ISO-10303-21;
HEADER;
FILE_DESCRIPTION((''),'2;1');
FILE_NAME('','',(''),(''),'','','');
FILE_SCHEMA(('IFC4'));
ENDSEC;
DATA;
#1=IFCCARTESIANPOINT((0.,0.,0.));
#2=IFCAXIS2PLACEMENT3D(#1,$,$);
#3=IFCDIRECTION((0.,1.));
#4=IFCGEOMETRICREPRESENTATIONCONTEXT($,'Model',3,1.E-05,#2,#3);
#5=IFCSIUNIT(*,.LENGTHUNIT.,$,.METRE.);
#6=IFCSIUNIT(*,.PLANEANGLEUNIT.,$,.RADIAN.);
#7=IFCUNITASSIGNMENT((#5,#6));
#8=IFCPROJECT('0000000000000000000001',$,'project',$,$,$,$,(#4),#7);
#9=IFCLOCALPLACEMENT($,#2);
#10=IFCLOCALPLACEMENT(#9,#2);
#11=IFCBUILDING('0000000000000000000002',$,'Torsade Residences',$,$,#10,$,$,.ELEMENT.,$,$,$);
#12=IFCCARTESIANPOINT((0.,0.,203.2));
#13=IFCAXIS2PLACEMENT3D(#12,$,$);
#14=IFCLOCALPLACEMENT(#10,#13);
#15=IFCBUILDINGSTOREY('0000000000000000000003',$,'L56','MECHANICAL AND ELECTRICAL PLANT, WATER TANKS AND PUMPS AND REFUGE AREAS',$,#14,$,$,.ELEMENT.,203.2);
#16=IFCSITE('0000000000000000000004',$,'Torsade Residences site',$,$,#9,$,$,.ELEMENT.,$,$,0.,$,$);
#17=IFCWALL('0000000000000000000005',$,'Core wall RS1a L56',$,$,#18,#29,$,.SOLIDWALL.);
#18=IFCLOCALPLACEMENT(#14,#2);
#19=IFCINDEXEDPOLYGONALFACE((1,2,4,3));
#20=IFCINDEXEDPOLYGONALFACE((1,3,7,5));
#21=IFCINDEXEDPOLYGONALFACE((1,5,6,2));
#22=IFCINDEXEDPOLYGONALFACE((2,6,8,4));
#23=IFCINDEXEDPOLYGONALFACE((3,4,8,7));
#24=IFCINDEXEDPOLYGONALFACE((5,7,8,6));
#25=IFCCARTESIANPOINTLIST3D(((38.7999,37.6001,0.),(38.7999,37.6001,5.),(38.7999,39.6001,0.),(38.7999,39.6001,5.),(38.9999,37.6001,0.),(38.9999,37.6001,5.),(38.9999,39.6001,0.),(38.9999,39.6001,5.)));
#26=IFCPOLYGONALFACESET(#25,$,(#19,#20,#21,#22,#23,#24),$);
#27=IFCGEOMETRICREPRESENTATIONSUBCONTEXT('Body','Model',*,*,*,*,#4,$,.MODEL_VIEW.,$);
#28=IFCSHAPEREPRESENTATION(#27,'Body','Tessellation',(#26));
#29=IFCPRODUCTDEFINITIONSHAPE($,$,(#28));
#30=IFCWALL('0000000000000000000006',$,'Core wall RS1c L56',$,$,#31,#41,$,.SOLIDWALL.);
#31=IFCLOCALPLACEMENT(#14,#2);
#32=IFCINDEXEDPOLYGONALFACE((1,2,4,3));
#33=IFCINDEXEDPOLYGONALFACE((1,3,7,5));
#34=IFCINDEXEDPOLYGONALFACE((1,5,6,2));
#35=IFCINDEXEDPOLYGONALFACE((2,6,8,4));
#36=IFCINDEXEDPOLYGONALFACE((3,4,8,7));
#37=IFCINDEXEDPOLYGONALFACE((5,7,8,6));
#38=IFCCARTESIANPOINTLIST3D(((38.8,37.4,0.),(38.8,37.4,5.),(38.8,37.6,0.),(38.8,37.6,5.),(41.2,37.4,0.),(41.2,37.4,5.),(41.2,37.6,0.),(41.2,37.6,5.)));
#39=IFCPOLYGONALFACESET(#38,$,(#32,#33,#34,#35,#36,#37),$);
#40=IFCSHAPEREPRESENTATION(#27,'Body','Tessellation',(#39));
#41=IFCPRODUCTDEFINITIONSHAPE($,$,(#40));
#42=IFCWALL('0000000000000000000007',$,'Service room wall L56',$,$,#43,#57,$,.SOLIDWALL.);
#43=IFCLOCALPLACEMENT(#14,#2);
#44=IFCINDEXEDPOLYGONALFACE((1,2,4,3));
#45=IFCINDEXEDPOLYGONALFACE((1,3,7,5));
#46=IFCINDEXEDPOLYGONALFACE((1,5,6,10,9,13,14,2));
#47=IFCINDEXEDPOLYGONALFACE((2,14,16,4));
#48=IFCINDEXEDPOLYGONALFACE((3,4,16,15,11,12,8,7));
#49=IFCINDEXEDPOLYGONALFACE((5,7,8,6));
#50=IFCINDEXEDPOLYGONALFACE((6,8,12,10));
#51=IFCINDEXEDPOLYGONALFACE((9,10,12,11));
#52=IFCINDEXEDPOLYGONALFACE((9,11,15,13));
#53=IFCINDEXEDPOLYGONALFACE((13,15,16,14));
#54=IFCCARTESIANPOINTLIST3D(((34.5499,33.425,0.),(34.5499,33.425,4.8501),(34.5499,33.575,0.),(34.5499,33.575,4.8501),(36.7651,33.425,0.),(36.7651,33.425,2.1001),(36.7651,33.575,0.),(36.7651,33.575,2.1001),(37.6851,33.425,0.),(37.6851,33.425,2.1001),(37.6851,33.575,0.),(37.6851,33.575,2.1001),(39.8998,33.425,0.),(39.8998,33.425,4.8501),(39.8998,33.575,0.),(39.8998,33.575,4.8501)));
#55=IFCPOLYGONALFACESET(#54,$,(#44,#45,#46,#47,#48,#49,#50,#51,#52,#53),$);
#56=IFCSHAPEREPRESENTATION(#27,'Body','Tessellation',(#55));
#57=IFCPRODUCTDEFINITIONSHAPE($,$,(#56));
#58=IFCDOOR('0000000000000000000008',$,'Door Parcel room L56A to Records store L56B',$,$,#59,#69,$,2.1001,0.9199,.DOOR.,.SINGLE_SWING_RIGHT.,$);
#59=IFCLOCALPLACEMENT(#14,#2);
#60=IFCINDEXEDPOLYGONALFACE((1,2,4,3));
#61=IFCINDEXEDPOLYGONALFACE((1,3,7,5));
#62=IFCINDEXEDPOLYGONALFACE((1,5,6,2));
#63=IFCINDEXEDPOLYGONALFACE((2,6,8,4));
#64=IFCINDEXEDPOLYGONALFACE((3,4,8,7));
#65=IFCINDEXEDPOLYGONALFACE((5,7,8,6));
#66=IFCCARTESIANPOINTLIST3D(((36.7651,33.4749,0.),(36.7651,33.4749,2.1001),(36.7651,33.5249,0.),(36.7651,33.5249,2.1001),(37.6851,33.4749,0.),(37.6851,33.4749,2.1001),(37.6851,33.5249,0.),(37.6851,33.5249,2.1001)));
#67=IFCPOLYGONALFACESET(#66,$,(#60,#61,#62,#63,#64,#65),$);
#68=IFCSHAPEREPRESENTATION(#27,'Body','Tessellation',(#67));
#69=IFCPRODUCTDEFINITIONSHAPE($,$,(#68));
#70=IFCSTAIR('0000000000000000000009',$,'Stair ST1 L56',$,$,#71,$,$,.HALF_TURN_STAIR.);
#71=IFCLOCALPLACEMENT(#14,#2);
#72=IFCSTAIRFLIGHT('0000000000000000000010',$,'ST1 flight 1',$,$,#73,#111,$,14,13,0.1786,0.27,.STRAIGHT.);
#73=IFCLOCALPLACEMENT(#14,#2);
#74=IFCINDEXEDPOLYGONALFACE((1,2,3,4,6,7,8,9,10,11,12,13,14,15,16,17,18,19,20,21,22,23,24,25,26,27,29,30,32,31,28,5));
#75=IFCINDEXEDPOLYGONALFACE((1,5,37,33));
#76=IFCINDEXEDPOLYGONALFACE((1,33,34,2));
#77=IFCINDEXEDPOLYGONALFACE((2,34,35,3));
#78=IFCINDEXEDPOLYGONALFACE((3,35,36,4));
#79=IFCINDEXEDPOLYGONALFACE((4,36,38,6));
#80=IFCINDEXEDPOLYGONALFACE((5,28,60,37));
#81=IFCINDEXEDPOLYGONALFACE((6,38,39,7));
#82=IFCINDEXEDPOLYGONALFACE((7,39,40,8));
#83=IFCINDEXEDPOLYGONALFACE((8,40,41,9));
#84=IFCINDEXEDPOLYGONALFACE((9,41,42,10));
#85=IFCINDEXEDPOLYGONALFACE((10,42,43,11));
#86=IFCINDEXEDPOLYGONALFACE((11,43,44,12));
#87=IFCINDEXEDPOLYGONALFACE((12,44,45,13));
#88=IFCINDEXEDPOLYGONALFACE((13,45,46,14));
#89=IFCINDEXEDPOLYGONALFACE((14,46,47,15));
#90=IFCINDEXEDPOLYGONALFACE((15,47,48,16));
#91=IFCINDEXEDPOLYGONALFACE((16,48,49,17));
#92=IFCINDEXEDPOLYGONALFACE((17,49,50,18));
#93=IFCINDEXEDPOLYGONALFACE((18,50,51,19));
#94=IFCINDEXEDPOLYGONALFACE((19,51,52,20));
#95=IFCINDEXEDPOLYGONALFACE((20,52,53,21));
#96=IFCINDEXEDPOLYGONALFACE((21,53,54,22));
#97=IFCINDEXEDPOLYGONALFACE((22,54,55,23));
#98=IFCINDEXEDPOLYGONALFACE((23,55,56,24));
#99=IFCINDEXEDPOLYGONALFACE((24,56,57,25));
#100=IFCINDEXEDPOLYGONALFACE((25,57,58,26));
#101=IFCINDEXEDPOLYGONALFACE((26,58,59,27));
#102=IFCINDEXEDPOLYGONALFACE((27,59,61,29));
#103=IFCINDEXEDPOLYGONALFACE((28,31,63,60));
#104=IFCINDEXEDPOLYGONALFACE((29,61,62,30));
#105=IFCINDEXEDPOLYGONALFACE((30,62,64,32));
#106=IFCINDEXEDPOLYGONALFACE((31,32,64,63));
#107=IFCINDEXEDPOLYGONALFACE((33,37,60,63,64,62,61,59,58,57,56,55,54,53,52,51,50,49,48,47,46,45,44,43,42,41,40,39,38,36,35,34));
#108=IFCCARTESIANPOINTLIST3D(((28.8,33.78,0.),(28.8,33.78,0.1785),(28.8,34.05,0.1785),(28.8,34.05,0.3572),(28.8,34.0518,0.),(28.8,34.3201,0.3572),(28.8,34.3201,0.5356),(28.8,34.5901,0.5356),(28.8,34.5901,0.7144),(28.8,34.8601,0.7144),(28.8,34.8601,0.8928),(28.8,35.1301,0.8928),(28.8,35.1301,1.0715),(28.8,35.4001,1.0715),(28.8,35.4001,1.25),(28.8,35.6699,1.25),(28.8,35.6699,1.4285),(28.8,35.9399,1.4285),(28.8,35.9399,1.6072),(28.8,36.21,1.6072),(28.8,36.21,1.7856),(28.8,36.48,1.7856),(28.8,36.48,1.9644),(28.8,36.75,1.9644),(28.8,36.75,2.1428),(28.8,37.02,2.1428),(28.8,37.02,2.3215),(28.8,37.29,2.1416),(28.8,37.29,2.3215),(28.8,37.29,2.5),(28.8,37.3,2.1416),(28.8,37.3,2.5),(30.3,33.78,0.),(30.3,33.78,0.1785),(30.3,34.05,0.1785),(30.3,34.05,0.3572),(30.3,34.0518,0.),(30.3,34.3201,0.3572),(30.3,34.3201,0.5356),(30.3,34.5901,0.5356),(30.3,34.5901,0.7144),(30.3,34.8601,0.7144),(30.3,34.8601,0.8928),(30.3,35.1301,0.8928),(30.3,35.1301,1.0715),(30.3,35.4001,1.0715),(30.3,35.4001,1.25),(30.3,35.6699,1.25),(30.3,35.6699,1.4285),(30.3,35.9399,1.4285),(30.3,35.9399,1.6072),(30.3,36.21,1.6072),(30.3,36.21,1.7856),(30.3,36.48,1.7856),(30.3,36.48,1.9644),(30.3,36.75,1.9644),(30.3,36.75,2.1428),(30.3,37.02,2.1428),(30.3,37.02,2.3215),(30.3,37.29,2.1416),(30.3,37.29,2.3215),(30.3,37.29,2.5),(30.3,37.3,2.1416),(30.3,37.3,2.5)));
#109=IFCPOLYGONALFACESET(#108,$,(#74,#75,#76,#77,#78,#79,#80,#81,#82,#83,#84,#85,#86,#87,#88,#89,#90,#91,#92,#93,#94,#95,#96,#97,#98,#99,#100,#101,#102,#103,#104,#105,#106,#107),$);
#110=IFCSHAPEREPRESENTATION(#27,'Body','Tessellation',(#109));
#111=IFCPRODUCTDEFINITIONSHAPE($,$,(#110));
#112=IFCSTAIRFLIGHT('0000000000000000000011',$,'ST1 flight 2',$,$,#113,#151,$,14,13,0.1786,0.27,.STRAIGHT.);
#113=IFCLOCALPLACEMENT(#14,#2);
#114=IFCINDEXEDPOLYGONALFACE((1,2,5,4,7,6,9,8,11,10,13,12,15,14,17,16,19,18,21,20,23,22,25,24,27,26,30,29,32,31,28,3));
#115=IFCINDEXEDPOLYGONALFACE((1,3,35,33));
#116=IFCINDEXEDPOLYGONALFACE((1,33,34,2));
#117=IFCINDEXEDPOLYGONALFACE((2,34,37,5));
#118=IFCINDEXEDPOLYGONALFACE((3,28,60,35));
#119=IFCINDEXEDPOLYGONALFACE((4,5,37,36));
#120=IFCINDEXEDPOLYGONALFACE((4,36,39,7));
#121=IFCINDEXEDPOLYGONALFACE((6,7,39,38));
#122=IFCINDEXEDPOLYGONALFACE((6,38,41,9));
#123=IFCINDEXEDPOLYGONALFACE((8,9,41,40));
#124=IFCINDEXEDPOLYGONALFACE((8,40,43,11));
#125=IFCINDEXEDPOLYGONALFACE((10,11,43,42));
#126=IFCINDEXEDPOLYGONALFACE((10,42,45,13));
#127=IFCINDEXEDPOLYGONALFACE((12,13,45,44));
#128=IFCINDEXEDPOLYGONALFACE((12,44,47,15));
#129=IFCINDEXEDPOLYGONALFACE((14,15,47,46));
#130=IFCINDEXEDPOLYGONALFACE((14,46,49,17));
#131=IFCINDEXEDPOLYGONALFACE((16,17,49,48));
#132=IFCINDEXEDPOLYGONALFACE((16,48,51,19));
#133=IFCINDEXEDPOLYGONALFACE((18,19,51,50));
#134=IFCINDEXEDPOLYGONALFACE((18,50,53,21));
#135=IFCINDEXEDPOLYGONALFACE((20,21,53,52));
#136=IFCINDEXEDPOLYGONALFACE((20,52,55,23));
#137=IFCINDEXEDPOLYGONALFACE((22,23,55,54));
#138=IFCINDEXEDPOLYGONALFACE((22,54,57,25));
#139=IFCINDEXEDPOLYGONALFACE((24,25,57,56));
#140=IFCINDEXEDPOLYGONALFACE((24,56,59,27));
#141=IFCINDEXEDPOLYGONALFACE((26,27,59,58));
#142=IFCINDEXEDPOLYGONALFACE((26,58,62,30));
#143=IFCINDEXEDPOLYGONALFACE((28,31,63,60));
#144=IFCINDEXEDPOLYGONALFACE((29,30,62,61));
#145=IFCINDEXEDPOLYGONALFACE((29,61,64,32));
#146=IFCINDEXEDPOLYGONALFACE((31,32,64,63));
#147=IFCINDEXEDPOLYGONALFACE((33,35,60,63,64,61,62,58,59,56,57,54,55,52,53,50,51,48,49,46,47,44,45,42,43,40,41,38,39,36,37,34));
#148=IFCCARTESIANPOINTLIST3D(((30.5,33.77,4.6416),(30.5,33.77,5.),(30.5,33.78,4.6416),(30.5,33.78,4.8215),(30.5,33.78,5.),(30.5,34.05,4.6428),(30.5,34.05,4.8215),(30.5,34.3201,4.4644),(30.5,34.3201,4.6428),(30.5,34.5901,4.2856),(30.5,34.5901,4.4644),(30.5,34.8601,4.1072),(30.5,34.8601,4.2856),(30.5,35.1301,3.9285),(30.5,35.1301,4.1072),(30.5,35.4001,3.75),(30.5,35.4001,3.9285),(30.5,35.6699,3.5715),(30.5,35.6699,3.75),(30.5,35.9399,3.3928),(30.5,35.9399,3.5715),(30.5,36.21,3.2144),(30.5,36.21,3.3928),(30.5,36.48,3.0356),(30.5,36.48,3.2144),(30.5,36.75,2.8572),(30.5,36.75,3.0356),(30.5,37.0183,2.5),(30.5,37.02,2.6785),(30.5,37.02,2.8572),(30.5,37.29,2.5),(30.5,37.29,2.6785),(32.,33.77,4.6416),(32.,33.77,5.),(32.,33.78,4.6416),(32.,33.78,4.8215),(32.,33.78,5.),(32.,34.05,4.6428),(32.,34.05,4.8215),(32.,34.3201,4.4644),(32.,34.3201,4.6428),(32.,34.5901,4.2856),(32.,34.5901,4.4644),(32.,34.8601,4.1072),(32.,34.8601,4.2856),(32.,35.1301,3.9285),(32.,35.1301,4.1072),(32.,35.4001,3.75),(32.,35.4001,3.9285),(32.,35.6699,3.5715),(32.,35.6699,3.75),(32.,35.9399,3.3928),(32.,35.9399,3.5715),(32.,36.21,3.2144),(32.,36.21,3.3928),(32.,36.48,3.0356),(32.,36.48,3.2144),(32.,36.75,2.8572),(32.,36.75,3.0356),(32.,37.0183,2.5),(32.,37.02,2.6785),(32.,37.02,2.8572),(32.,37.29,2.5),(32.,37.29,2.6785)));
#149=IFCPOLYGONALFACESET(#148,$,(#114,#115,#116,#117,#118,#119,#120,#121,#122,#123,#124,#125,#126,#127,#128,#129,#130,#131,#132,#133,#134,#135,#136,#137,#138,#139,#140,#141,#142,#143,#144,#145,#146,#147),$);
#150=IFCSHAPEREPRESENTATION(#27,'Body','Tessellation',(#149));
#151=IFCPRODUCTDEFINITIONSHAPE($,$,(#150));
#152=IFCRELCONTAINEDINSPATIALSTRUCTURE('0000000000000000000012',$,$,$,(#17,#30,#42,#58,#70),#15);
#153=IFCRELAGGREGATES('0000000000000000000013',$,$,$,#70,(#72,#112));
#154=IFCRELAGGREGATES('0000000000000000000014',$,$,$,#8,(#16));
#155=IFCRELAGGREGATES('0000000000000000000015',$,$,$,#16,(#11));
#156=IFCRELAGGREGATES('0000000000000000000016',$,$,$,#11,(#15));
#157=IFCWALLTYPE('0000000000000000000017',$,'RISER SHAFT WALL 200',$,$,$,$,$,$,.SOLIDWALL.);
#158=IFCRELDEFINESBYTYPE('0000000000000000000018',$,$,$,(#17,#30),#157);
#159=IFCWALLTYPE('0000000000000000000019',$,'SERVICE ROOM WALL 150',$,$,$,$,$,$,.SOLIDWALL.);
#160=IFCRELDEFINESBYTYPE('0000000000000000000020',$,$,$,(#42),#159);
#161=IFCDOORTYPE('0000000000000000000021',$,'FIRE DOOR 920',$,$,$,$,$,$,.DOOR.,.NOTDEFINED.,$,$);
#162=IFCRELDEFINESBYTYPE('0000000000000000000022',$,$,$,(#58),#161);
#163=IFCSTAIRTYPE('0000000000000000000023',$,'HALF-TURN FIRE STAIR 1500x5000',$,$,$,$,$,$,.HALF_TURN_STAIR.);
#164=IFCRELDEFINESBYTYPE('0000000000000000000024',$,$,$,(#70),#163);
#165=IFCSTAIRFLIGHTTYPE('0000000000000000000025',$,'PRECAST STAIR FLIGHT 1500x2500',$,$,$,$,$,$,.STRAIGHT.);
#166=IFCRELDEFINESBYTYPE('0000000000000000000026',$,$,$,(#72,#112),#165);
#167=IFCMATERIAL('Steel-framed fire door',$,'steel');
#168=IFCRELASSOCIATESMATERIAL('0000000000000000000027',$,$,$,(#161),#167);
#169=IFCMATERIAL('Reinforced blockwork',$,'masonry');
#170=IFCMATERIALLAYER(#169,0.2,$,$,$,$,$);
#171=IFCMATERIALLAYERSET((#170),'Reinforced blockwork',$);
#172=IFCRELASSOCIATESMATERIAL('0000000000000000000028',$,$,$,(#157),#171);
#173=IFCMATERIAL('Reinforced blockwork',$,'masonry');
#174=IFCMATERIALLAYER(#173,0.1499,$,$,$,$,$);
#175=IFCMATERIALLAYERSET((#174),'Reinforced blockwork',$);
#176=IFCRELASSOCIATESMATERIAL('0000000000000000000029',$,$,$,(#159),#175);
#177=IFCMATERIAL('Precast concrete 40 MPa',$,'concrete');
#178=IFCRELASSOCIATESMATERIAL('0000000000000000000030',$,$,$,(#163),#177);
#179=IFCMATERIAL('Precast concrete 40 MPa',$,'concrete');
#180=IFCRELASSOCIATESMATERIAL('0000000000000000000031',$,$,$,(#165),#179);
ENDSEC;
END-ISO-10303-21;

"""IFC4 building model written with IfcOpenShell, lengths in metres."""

from ifc_helpers import new_model, si_unit, direction, frame, frame_2d, origin, place, context, subcontext, project, spatial, polyline, rectangle, outline, extrude, material, layer, layer_set, type_object, element, fill, aggregate, save


model = new_model("IFC4")

# Units and contexts
model_context = context("Model", 3, precision=1e-05, world=origin(), true_north=direction((0.0, 1.0)))
body_context = subcontext(model_context, "Body", "Model", "MODEL_VIEW")
ifc_project = project(units=[si_unit("LENGTHUNIT", "METRE"), si_unit("PLANEANGLEUNIT", "RADIAN")], contexts=[model_context])

# Site, building, storey
site_placement = place(None, origin())
site = spatial("IfcSite", under=ifc_project, at=site_placement, Name="Torsade Residences site", CompositionType="ELEMENT", RefElevation=0.0)
building_placement = place(site_placement, origin())
building = spatial("IfcBuilding", under=site, at=building_placement, Name="Torsade Residences", CompositionType="ELEMENT")
storey_placement = place(building_placement, frame((0.0, 0.0, 203.2)))
storey = spatial("IfcBuildingStorey", under=building, at=storey_placement, Name="L56", Description="MECHANICAL AND ELECTRICAL PLANT, WATER TANKS AND PUMPS AND REFUGE AREAS", CompositionType="ELEMENT", Elevation=203.2)

# Shared definitions
ifc_material_1 = material(Name="Steel-framed fire door", Category="steel")
door_type_1 = type_object("IfcDoorType", Name="FIRE DOOR 920", OperationType="NOTDEFINED", PredefinedType="DOOR", material=ifc_material_1)

# Walls
ifc_material_2 = material(Name="Reinforced blockwork", Category="masonry")
ifc_layer_1 = layer(ifc_material_2, 0.2)
ifc_layer_set_1 = layer_set([ifc_layer_1], Name="Reinforced blockwork")
wall_type_1 = type_object("IfcWallType", Name="RISER SHAFT WALL 200", PredefinedType="SOLIDWALL", material=ifc_layer_set_1)
wall_1_placement = place(storey_placement, frame((38.8999, 37.6001, 0.0), z_axis=(0.0, 0.0, 1.0), x_axis=(0.0, 1.0, 0.0)))
element("IfcWall", 1, at=wall_1_placement, inside=storey, type_object=wall_type_1, Name="Core wall RS1a L56", PredefinedType="SOLIDWALL", context=body_context, shape_type="SweptSolid", body=[
    extrude(rectangle(XDim=2.0, YDim=0.2, at=frame_2d((1.0, 0.0))), origin(), (0.0, 0.0, 1.0), 5.0),
])
wall_2_placement = place(storey_placement, frame((38.8, 37.5, 0.0), z_axis=(0.0, 0.0, 1.0), x_axis=(1.0, 0.0, 0.0)))
element("IfcWall", 2, at=wall_2_placement, inside=storey, type_object=wall_type_1, Name="Core wall RS1c L56", PredefinedType="SOLIDWALL", context=body_context, shape_type="SweptSolid", body=[
    extrude(rectangle(XDim=2.3999, YDim=0.2, at=frame_2d((1.2, 0.0))), origin(), (0.0, 0.0, 1.0), 5.0),
])

# Wall, opening, door
ifc_material_3 = material(Name="Reinforced blockwork", Category="masonry")
ifc_layer_2 = layer(ifc_material_3, 0.1499)
ifc_layer_set_2 = layer_set([ifc_layer_2], Name="Reinforced blockwork")
wall_type_2 = type_object("IfcWallType", Name="SERVICE ROOM WALL 150", PredefinedType="SOLIDWALL", material=ifc_layer_set_2)
wall_3_placement = place(storey_placement, frame((34.55, 33.5, 0.0), z_axis=(0.0, 0.0, 1.0), x_axis=(1.0, 0.0, 0.0)))
wall_3 = element("IfcWall", 3, at=wall_3_placement, inside=storey, type_object=wall_type_2, Name="Service room wall L56", PredefinedType="SOLIDWALL", context=body_context, shape_type="SweptSolid", body=[
    extrude(rectangle(XDim=5.3499, YDim=0.1499, at=frame_2d((2.6748, 0.0))), origin(), (0.0, 0.0, 1.0), 4.8501),
])
opening_1_placement = place(wall_3_placement, frame((2.2151, 0.0, 0.0)))
opening_1 = element("IfcOpeningElement", 4, at=opening_1_placement, cuts=wall_3, PredefinedType="OPENING", context=body_context, shape_type="SweptSolid", body=[
    extrude(rectangle(XDim=0.9199, YDim=2.1001, at=frame_2d((0.46, 1.05))), frame((0.0, 0.085, 0.0), z_axis=(0.0, -1.0, 0.0), x_axis=(1.0, 0.0, 0.0)), (0.0, 0.0, 1.0), 0.1699),
])
door_1_placement = place(opening_1_placement, origin())
door_1 = element("IfcDoor", 5, at=door_1_placement, inside=storey, type_object=door_type_1, Name="Door Parcel room L56A to Records store L56B", OperationType="SINGLE_SWING_RIGHT", OverallHeight=2.1001, OverallWidth=0.9199, PredefinedType="DOOR", context=body_context, shape_type="SweptSolid", body=[
    extrude(rectangle(XDim=0.9199, YDim=2.1001, at=frame_2d((0.46, 1.05))), frame((0.0, 0.0249, 0.0), z_axis=(0.0, -1.0, 0.0), x_axis=(1.0, 0.0, 0.0)), (0.0, 0.0, 1.0), 0.05),
])
fill(opening_1, door_1)

# Stair, stair flights
ifc_material_4 = material(Name="Precast concrete 40 MPa", Category="concrete")
stair_type = type_object("IfcStairType", Name="HALF-TURN FIRE STAIR 1500x5000", PredefinedType="HALF_TURN_STAIR", material=ifc_material_4)
stair_placement = place(storey_placement, origin())
stair = element("IfcStair", 6, at=stair_placement, inside=storey, type_object=stair_type, Name="Stair ST1 L56", PredefinedType="HALF_TURN_STAIR")
ifc_material_5 = material(Name="Precast concrete 40 MPa", Category="concrete")
stair_flight_type = type_object("IfcStairFlightType", Name="PRECAST STAIR FLIGHT 1500x2500", PredefinedType="STRAIGHT", material=ifc_material_5)
stair_flight_1_placement = place(storey_placement, frame((29.55, 33.78, 0.0), z_axis=(0.0, 0.0, 1.0), x_axis=(0.0, 1.0, 0.0)))
stair_flight_1 = element("IfcStairFlight", 7, at=stair_flight_1_placement, type_object=stair_flight_type, Name="ST1 flight 1", NumberOfRisers=14, NumberOfTreads=13, PredefinedType="STRAIGHT", RiserHeight=0.1786, TreadLength=0.27, context=body_context, shape_type="SweptSolid", body=[
    extrude(outline(polyline([(0.0, 0.0), (0.0, 0.1785), (0.27, 0.1785), (0.27, 0.3572), (0.54, 0.3572), (0.54, 0.5356), (0.8101, 0.5356), (0.8101, 0.7144), (1.0801, 0.7144), (1.0801, 0.8928), (1.3501, 0.8928), (1.3501, 1.0715), (1.6201, 1.0715), (1.6201, 1.25), (1.8899, 1.25), (1.8899, 1.4285), (2.1599, 1.4285), (2.1599, 1.6072), (2.4299, 1.6072), (2.4299, 1.7856), (2.7, 1.7856), (2.7, 1.9644), (2.97, 1.9644), (2.97, 2.1428), (3.24, 2.1428), (3.24, 2.3215), (3.51, 2.3215), (3.51, 2.5), (3.52, 2.5), (3.52, 2.1416), (3.51, 2.1416), (0.2717, 0.0), (0.0, 0.0)])), frame((0.0, 0.75, 0.0), z_axis=(0.0, -1.0, 0.0), x_axis=(1.0, 0.0, 0.0)), (0.0, 0.0, 1.0), 1.5),
])
stair_flight_2_placement = place(storey_placement, frame((31.25, 37.29, 2.5), z_axis=(0.0, 0.0, 1.0), x_axis=(0.0, -1.0, 0.0)))
stair_flight_2 = element("IfcStairFlight", 8, at=stair_flight_2_placement, type_object=stair_flight_type, Name="ST1 flight 2", NumberOfRisers=14, NumberOfTreads=13, PredefinedType="STRAIGHT", RiserHeight=0.1786, TreadLength=0.27, context=body_context, shape_type="SweptSolid", body=[
    extrude(outline(polyline([(0.0, 0.0), (0.0, 0.1785), (0.27, 0.1785), (0.27, 0.3572), (0.54, 0.3572), (0.54, 0.5356), (0.8101, 0.5356), (0.8101, 0.7144), (1.0801, 0.7144), (1.0801, 0.8928), (1.3501, 0.8928), (1.3501, 1.0715), (1.6201, 1.0715), (1.6201, 1.25), (1.8899, 1.25), (1.8899, 1.4285), (2.1599, 1.4285), (2.1599, 1.6072), (2.4299, 1.6072), (2.4299, 1.7856), (2.7, 1.7856), (2.7, 1.9644), (2.97, 1.9644), (2.97, 2.1428), (3.24, 2.1428), (3.24, 2.3215), (3.51, 2.3215), (3.51, 2.5), (3.52, 2.5), (3.52, 2.1416), (3.51, 2.1416), (0.2717, 0.0), (0.0, 0.0)])), frame((0.0, 0.75, 0.0), z_axis=(0.0, -1.0, 0.0), x_axis=(1.0, 0.0, 0.0)), (0.0, 0.0, 1.0), 1.5),
])
aggregate(stair, [stair_flight_1, stair_flight_2])

save(model, "model.ifc")
